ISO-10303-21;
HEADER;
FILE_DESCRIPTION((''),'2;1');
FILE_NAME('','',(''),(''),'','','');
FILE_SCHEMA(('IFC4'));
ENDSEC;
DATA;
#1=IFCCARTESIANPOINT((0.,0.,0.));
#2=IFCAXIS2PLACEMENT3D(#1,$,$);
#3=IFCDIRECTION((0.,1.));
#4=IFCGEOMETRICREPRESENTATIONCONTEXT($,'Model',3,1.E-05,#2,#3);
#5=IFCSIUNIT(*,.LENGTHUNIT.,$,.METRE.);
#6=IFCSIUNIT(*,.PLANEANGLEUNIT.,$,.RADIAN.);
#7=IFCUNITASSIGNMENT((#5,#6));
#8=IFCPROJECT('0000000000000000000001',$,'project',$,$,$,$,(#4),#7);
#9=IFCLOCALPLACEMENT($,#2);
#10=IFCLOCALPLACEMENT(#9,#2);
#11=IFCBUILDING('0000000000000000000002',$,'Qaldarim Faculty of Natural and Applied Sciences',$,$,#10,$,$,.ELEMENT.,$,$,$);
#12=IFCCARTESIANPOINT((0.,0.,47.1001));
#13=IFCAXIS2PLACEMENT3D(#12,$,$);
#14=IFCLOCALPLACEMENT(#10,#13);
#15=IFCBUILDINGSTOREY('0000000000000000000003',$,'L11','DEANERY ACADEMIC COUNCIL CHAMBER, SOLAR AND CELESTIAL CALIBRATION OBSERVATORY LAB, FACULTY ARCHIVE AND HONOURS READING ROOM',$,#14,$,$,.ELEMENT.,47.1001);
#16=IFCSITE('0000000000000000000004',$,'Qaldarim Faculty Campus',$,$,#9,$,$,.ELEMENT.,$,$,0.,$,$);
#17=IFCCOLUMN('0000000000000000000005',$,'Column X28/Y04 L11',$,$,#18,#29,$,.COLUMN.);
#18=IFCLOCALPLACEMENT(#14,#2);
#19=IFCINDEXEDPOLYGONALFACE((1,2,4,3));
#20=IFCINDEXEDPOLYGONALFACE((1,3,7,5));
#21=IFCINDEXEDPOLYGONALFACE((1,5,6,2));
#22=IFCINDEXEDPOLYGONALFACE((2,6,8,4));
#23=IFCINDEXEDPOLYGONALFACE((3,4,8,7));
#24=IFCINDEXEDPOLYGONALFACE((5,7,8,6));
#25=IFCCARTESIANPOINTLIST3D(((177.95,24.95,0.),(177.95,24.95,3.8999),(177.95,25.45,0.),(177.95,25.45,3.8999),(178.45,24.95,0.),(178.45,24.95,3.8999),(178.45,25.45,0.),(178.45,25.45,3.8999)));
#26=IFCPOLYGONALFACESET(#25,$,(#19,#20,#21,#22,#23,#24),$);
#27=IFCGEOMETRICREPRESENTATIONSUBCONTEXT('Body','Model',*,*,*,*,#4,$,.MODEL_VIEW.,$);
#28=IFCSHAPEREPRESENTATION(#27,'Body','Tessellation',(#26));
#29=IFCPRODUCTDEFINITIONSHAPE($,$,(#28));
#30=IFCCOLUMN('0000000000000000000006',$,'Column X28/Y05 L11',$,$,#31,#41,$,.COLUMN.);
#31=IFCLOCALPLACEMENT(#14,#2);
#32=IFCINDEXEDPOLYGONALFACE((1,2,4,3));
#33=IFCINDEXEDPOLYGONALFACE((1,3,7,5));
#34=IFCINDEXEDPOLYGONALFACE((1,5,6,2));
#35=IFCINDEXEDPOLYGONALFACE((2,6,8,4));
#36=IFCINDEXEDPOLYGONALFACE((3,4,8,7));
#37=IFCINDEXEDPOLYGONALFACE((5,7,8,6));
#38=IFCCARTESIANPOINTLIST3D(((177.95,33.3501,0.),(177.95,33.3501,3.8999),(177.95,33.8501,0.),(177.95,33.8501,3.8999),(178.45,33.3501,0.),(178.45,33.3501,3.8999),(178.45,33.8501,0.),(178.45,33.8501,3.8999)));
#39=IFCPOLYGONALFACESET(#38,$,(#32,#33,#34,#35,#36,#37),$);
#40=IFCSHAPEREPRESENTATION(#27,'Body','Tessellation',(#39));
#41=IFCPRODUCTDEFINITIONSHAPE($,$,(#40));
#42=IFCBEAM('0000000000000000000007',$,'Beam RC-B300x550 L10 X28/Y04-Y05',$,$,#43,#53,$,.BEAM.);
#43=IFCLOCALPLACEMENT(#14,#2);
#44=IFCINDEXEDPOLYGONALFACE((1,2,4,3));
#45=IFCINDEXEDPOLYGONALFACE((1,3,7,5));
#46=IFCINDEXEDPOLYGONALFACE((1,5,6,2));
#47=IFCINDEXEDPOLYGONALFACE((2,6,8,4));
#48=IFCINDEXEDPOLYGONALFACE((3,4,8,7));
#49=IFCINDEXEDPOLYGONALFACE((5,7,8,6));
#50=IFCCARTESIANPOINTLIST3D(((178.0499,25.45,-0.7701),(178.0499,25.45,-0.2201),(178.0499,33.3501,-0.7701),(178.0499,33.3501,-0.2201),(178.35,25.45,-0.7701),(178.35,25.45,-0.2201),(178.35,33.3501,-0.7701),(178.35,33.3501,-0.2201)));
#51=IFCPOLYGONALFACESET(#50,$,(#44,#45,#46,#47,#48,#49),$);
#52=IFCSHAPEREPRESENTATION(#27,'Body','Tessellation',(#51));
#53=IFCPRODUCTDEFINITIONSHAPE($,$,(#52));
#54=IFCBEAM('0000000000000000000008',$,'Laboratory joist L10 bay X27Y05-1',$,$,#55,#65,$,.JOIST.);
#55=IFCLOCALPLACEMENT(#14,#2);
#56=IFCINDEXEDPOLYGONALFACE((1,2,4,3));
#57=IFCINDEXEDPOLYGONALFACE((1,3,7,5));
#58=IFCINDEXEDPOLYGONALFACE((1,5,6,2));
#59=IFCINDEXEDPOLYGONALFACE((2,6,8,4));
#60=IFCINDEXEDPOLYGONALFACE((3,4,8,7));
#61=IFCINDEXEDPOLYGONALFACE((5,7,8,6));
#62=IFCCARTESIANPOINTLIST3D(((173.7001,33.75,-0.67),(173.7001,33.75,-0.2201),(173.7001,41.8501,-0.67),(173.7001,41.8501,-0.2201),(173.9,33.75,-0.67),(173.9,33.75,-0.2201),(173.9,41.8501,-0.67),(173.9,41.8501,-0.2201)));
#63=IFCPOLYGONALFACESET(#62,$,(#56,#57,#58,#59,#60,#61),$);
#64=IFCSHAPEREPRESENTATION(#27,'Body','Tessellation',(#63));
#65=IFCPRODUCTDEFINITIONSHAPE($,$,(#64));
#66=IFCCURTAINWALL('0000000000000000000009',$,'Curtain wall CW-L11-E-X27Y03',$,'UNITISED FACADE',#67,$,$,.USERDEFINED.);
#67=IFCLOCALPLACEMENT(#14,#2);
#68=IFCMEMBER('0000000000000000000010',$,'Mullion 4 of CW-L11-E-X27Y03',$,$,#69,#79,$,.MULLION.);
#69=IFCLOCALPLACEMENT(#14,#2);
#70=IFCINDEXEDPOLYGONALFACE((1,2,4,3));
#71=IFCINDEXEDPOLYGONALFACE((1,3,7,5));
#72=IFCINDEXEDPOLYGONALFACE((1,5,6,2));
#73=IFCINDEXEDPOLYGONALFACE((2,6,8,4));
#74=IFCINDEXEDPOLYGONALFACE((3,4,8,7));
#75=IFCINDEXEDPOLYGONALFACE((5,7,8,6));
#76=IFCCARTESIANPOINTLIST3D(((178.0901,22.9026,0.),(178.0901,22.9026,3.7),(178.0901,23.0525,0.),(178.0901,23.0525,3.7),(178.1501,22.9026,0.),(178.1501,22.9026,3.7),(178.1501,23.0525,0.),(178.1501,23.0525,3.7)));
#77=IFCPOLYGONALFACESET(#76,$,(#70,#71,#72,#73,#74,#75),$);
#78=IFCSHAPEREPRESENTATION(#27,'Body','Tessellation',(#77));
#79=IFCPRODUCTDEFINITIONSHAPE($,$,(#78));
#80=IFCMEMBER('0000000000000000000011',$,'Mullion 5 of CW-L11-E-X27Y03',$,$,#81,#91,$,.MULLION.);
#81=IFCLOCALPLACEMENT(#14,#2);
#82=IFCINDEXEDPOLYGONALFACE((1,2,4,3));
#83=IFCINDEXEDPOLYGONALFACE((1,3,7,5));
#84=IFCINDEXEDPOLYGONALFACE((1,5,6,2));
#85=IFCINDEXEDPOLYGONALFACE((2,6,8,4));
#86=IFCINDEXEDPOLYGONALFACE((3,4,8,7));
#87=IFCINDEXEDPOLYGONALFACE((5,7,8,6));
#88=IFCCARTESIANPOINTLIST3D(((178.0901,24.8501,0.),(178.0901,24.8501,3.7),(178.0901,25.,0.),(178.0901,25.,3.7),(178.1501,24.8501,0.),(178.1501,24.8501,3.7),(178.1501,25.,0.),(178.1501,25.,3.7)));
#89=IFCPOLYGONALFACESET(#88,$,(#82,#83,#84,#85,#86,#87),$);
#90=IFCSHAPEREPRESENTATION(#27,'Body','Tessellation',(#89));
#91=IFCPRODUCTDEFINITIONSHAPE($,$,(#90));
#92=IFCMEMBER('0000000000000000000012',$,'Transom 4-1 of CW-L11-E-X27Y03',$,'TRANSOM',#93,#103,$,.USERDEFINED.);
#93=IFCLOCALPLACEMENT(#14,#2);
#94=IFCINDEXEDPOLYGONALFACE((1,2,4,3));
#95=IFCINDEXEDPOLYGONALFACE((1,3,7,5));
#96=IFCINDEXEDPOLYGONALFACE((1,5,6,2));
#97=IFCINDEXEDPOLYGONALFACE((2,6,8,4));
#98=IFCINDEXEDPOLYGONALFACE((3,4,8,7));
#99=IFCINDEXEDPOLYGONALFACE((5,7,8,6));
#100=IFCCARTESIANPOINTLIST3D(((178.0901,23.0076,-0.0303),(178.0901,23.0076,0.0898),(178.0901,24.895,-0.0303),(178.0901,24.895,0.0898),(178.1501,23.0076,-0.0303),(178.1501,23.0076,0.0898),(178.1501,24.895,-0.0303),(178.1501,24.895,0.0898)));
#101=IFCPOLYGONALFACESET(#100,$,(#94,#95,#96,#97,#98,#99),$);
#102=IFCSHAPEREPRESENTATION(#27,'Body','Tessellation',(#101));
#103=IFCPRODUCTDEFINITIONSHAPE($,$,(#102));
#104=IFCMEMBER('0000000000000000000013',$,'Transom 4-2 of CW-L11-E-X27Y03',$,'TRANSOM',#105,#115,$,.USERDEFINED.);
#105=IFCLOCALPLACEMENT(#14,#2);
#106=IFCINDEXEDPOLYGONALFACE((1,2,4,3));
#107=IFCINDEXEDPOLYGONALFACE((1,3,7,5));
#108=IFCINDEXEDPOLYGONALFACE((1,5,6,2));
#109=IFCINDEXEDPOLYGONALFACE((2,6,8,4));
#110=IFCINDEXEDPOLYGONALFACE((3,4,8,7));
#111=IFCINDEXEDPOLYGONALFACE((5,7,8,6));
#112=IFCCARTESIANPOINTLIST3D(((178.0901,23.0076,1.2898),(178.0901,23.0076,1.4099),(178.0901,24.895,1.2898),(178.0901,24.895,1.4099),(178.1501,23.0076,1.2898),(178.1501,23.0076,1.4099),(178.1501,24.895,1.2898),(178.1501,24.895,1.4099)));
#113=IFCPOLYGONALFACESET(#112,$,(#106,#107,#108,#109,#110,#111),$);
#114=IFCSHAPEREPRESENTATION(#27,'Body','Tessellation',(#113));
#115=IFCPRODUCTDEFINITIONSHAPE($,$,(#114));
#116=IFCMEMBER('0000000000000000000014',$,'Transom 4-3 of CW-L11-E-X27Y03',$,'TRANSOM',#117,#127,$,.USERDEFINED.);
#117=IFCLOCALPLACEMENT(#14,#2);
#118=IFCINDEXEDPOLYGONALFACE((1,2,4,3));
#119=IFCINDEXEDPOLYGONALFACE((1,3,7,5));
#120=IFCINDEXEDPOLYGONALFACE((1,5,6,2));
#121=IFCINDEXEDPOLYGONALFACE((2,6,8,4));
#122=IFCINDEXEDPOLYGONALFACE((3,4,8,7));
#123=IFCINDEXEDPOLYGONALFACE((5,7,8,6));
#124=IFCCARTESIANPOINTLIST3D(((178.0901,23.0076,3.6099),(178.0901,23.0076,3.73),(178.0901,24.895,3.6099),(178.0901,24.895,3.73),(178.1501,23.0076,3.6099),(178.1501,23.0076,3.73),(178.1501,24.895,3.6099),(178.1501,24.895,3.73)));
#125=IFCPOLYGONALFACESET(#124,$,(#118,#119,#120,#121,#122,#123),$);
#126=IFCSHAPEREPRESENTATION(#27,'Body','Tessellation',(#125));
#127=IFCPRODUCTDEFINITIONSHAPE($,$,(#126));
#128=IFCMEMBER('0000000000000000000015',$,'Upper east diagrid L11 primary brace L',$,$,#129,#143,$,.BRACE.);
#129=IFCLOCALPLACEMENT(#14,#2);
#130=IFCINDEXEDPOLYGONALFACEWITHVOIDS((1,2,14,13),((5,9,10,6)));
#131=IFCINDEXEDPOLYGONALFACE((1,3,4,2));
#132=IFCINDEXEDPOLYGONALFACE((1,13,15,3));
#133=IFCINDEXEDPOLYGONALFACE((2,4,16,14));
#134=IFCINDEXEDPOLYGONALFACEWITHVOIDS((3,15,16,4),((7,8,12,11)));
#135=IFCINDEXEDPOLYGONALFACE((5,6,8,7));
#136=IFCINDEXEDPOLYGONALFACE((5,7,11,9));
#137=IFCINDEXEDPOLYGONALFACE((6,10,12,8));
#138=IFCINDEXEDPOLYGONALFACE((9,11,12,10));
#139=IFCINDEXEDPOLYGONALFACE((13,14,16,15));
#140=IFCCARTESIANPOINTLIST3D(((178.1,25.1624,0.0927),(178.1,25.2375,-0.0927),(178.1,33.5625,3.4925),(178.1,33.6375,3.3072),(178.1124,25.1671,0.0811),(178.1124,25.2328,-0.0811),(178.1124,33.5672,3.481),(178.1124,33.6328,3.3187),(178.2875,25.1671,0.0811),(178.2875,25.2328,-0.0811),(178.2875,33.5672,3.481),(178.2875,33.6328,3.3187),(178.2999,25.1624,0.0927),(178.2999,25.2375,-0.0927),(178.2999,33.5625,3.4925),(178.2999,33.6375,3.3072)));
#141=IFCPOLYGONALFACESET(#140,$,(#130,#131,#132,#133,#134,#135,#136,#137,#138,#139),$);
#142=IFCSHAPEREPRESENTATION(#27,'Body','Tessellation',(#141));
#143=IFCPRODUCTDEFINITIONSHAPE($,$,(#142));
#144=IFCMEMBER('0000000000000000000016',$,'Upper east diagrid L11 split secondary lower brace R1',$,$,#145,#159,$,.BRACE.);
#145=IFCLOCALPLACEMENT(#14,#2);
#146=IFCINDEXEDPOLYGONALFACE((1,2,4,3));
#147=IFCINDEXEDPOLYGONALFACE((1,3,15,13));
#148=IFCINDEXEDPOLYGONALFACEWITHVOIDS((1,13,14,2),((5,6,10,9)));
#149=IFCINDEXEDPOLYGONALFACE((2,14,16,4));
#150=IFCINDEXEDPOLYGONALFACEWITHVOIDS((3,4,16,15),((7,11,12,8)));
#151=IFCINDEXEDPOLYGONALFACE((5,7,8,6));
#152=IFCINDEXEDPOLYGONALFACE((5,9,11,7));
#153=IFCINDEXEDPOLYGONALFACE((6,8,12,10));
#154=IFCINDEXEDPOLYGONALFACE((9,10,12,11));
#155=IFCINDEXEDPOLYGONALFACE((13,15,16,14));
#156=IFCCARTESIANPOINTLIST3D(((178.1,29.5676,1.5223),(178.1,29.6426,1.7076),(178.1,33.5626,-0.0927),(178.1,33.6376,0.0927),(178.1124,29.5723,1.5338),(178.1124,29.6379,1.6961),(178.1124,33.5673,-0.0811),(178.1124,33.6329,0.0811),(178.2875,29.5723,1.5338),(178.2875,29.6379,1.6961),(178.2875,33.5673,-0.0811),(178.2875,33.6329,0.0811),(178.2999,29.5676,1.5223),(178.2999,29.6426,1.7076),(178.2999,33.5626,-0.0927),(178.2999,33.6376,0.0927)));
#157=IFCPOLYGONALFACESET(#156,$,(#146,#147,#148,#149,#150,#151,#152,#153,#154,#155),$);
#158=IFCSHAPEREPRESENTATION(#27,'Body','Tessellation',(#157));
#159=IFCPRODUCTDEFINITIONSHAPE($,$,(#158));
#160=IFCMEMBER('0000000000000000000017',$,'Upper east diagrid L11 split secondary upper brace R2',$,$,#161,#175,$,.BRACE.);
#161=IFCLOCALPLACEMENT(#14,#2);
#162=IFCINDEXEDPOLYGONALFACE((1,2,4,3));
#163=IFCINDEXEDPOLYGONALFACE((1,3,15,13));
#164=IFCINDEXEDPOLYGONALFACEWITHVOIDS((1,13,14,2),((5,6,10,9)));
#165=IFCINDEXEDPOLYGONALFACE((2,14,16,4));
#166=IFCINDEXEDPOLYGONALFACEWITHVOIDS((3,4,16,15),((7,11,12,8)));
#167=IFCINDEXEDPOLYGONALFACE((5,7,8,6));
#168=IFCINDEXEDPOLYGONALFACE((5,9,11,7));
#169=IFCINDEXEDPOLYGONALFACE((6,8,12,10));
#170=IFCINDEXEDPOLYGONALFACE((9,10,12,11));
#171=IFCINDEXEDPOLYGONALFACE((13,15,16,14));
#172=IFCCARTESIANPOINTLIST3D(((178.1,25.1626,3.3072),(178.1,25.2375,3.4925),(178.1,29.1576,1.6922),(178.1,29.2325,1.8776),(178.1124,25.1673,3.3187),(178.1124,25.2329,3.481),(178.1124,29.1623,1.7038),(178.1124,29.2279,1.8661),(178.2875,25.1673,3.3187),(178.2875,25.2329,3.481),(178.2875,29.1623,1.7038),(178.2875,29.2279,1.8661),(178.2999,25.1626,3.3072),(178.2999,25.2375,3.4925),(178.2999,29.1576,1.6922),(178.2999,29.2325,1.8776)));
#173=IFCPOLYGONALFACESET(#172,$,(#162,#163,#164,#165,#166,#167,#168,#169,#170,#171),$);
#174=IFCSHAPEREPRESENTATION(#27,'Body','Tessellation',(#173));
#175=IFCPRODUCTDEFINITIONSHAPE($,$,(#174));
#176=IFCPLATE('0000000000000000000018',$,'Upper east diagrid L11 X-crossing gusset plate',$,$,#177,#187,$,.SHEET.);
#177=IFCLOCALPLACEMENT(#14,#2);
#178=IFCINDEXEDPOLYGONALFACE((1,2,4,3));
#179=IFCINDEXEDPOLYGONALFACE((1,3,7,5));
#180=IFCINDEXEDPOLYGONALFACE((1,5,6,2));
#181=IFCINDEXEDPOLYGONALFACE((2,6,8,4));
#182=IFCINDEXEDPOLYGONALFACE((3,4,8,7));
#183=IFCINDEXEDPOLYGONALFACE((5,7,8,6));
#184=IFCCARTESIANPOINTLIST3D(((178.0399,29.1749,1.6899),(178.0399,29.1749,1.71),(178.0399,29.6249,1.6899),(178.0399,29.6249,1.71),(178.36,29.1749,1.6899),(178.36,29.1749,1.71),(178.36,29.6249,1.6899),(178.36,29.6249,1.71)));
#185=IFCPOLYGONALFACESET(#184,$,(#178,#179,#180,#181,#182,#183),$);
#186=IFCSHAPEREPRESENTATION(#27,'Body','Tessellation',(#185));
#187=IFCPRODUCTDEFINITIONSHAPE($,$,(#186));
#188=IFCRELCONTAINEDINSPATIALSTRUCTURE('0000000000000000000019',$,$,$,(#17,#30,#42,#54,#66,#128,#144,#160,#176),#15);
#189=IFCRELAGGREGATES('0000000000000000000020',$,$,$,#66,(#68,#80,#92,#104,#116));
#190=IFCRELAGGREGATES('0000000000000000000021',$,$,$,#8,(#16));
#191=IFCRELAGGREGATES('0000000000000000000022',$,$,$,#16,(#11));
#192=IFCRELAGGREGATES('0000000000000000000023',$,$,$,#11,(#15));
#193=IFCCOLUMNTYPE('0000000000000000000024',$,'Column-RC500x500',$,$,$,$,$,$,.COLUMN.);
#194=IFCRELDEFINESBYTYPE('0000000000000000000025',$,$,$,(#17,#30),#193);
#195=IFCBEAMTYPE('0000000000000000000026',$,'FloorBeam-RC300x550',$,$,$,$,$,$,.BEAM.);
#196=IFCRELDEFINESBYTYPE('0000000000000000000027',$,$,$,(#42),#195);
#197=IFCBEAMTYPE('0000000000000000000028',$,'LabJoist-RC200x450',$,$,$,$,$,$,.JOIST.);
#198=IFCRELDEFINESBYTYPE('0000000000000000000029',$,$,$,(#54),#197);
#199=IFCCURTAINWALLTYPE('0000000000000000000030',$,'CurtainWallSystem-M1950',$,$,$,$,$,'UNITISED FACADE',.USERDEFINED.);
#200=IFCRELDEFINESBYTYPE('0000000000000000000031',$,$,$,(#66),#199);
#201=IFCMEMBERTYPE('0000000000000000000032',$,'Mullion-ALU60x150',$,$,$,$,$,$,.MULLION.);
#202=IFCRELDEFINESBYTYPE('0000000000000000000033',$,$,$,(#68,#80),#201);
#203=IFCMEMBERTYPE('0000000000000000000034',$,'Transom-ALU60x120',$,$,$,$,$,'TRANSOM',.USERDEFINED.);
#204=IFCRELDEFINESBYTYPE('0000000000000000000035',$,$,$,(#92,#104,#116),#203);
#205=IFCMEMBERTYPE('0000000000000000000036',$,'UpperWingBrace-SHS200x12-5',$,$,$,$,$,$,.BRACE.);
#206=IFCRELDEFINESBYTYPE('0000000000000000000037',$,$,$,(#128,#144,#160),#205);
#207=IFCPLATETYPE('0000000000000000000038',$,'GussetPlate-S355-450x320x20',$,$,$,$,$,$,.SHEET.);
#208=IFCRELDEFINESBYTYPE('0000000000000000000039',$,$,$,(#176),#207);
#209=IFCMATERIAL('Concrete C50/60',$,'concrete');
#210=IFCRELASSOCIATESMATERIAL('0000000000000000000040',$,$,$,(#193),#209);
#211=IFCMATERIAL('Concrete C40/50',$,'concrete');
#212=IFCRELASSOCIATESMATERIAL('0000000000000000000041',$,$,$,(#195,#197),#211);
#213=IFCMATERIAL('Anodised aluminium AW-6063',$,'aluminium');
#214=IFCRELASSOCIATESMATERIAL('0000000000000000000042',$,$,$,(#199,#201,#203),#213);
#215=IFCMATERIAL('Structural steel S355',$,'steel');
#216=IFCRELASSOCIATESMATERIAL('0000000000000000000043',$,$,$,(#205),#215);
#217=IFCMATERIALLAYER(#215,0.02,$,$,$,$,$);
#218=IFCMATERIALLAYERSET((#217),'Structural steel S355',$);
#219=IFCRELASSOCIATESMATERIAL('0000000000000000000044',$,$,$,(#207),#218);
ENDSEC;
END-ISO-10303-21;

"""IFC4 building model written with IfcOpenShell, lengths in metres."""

from ifc_helpers import new_model, si_unit, direction, frame, origin, origin_2d, place, context, subcontext, project, spatial, rectangle, hollow_rectangle, extrude, material, layer, layer_set, material_profile, profile_set, type_object, element, aggregate, save


model = new_model("IFC4")

# Units and contexts
model_context = context("Model", 3, precision=1e-05, world=origin(), true_north=direction((0.0, 1.0)))
body_context = subcontext(model_context, "Body", "Model", "MODEL_VIEW")
ifc_project = project(units=[si_unit("LENGTHUNIT", "METRE"), si_unit("PLANEANGLEUNIT", "RADIAN")], contexts=[model_context])

# Site, building, storey
site_placement = place(None, origin())
site = spatial("IfcSite", under=ifc_project, at=site_placement, Name="Qaldarim Faculty Campus", CompositionType="ELEMENT", RefElevation=0.0)
building_placement = place(site_placement, origin())
building = spatial("IfcBuilding", under=site, at=building_placement, Name="Qaldarim Faculty of Natural and Applied Sciences", CompositionType="ELEMENT")
storey_placement = place(building_placement, frame((0.0, 0.0, 47.1001)))
storey = spatial("IfcBuildingStorey", under=building, at=storey_placement, Name="L11", Description="DEANERY ACADEMIC COUNCIL CHAMBER, SOLAR AND CELESTIAL CALIBRATION OBSERVATORY LAB, FACULTY ARCHIVE AND HONOURS READING ROOM", CompositionType="ELEMENT", Elevation=47.1001)

# Columns
ifc_material_1 = material(Name="Concrete C50/60", Category="concrete")
ifc_material_profile_1 = material_profile(ifc_material_1, rectangle(XDim=0.5, YDim=0.5, at=origin_2d()), Name="RC-C500x500")
ifc_profile_set_1 = profile_set([ifc_material_profile_1], Name="Concrete C50/60")
column_type = type_object("IfcColumnType", Name="Column-RC500x500", PredefinedType="COLUMN", material=ifc_profile_set_1)
for number, where, z_axis, x_axis, name in (
    (1, (178.2, 25.2, 0.0), (0.0, 0.0, 1.0), (1.0, 0.0, 0.0), "Column X28/Y04 L11"),
    (2, (178.2, 33.6001, 0.0), (0.0, 0.0, 1.0), (1.0, 0.0, 0.0), "Column X28/Y05 L11"),
):
    element("IfcColumn", number, at=place(storey_placement, frame(where, z_axis=z_axis, x_axis=x_axis)), inside=storey, type_object=column_type, Name=name, PredefinedType="COLUMN", context=body_context, shape_type="SweptSolid", body=[
        extrude(rectangle(XDim=0.5, YDim=0.5, at=origin_2d()), origin(), (0.0, 0.0, 1.0), 3.8999),
    ])

# Beams
ifc_material_2 = material(Name="Concrete C40/50", Category="concrete")
ifc_material_profile_2 = material_profile(ifc_material_2, rectangle(XDim=0.3, YDim=0.55, at=origin_2d()), Name="RC-B300x550")
ifc_profile_set_2 = profile_set([ifc_material_profile_2], Name="Concrete C40/50")
beam_type_1 = type_object("IfcBeamType", Name="FloorBeam-RC300x550", PredefinedType="BEAM", material=ifc_profile_set_2)
beam_1_placement = place(storey_placement, frame((178.2, 25.45, -0.4951), z_axis=(0.0, 1.0, 0.0), x_axis=(-1.0, 0.0, 0.0)))
element("IfcBeam", 3, at=beam_1_placement, inside=storey, type_object=beam_type_1, Name="Beam RC-B300x550 L10 X28/Y04-Y05", PredefinedType="BEAM", context=body_context, shape_type="SweptSolid", body=[
    extrude(rectangle(XDim=0.3, YDim=0.55, at=origin_2d()), origin(), (0.0, 0.0, 1.0), 7.9001),
])
ifc_material_profile_3 = material_profile(ifc_material_2, rectangle(XDim=0.2, YDim=0.45, at=origin_2d()), Name="RC-J200x450")
ifc_profile_set_3 = profile_set([ifc_material_profile_3], Name="Concrete C40/50")
beam_type_2 = type_object("IfcBeamType", Name="LabJoist-RC200x450", PredefinedType="JOIST", material=ifc_profile_set_3)
beam_2_placement = place(storey_placement, frame((173.8, 33.75, -0.4451), z_axis=(0.0, 1.0, 0.0), x_axis=(-1.0, 0.0, 0.0)))
element("IfcBeam", 4, at=beam_2_placement, inside=storey, type_object=beam_type_2, Name="Laboratory joist L10 bay X27Y05-1", PredefinedType="JOIST", context=body_context, shape_type="SweptSolid", body=[
    extrude(rectangle(XDim=0.2, YDim=0.45, at=origin_2d()), origin(), (0.0, 0.0, 1.0), 8.1001),
])

# Curtain wall, members
ifc_material_3 = material(Name="Anodised aluminium AW-6063", Category="aluminium")
curtain_wall_type = type_object("IfcCurtainWallType", Name="CurtainWallSystem-M1950", ElementType="UNITISED FACADE", PredefinedType="USERDEFINED", material=ifc_material_3)
curtain_wall_placement = place(storey_placement, origin())
curtain_wall = element("IfcCurtainWall", 5, at=curtain_wall_placement, inside=storey, type_object=curtain_wall_type, Name="Curtain wall CW-L11-E-X27Y03", ObjectType="UNITISED FACADE", PredefinedType="USERDEFINED")
ifc_material_profile_4 = material_profile(ifc_material_3, rectangle(XDim=0.0601, YDim=0.1499, at=origin_2d()), Name="ALU-M60x150")
ifc_profile_set_4 = profile_set([ifc_material_profile_4], Name="Anodised aluminium AW-6063")
member_type_1 = type_object("IfcMemberType", Name="Mullion-ALU60x150", PredefinedType="MULLION", material=ifc_profile_set_4)
member_1_placement = place(storey_placement, frame((178.1201, 22.9775, 0.0), z_axis=(0.0, 0.0, 1.0), x_axis=(-1.0, 0.0, 0.0)))
member_1 = element("IfcMember", 6, at=member_1_placement, type_object=member_type_1, Name="Mullion 4 of CW-L11-E-X27Y03", PredefinedType="MULLION", context=body_context, shape_type="SweptSolid", body=[
    extrude(rectangle(XDim=0.0601, YDim=0.1499, at=origin_2d()), origin(), (0.0, 0.0, 1.0), 3.7),
])
member_2_placement = place(storey_placement, frame((178.1201, 24.925, 0.0), z_axis=(0.0, 0.0, 1.0), x_axis=(-1.0, 0.0, 0.0)))
member_2 = element("IfcMember", 7, at=member_2_placement, type_object=member_type_1, Name="Mullion 5 of CW-L11-E-X27Y03", PredefinedType="MULLION", context=body_context, shape_type="SweptSolid", body=[
    extrude(rectangle(XDim=0.0601, YDim=0.1499, at=origin_2d()), origin(), (0.0, 0.0, 1.0), 3.7),
])
ifc_material_profile_5 = material_profile(ifc_material_3, rectangle(XDim=0.0601, YDim=0.1201, at=origin_2d()), Name="ALU-T60x120")
ifc_profile_set_5 = profile_set([ifc_material_profile_5], Name="Anodised aluminium AW-6063")
member_type_2 = type_object("IfcMemberType", Name="Transom-ALU60x120", ElementType="TRANSOM", PredefinedType="USERDEFINED", material=ifc_profile_set_5)
member_3_placement = place(storey_placement, frame((178.1201, 23.0076, 0.0298), z_axis=(0.0, 1.0, 0.0), x_axis=(-1.0, 0.0, 0.0)))
member_3 = element("IfcMember", 8, at=member_3_placement, type_object=member_type_2, Name="Transom 4-1 of CW-L11-E-X27Y03", ObjectType="TRANSOM", PredefinedType="USERDEFINED", context=body_context, shape_type="SweptSolid", body=[
    extrude(rectangle(XDim=0.0601, YDim=0.1201, at=origin_2d()), origin(), (0.0, 0.0, 1.0), 1.8875),
])
member_4_placement = place(storey_placement, frame((178.1201, 23.0076, 1.3499), z_axis=(0.0, 1.0, 0.0), x_axis=(-1.0, 0.0, 0.0)))
member_4 = element("IfcMember", 9, at=member_4_placement, type_object=member_type_2, Name="Transom 4-2 of CW-L11-E-X27Y03", ObjectType="TRANSOM", PredefinedType="USERDEFINED", context=body_context, shape_type="SweptSolid", body=[
    extrude(rectangle(XDim=0.0601, YDim=0.1201, at=origin_2d()), origin(), (0.0, 0.0, 1.0), 1.8875),
])
member_5_placement = place(storey_placement, frame((178.1201, 23.0076, 3.6699), z_axis=(0.0, 1.0, 0.0), x_axis=(-1.0, 0.0, 0.0)))
member_5 = element("IfcMember", 10, at=member_5_placement, type_object=member_type_2, Name="Transom 4-3 of CW-L11-E-X27Y03", ObjectType="TRANSOM", PredefinedType="USERDEFINED", context=body_context, shape_type="SweptSolid", body=[
    extrude(rectangle(XDim=0.0601, YDim=0.1201, at=origin_2d()), origin(), (0.0, 0.0, 1.0), 1.8875),
])

# Members
ifc_material_4 = material(Name="Structural steel S355", Category="steel")
ifc_material_profile_6 = material_profile(ifc_material_4, hollow_rectangle(XDim=0.2, YDim=0.2, WallThickness=0.0125, at=origin_2d()), Name="SHS 200x200x12.5")
ifc_profile_set_6 = profile_set([ifc_material_profile_6], Name="Structural steel S355")
member_type_3 = type_object("IfcMemberType", Name="UpperWingBrace-SHS200x12-5", PredefinedType="BRACE", material=ifc_profile_set_6)
member_6_placement = place(storey_placement, frame((178.2, 25.2, 0.0), z_axis=(0.0, 0.926953, 0.375178), x_axis=(-1.0, 0.0, 0.0)))
element("IfcMember", 11, at=member_6_placement, inside=storey, type_object=member_type_3, Name="Upper east diagrid L11 primary brace L", PredefinedType="BRACE", context=body_context, shape_type="SweptSolid", body=[
    extrude(hollow_rectangle(XDim=0.2, YDim=0.2, WallThickness=0.0125, at=origin_2d()), origin(), (0.0, 0.0, 1.0), 9.062),
])
for number, where, z_axis, x_axis, name in (
    (12, (178.2, 33.6001, 0.0), (0.0, -0.927115, 0.374778), (1.0, 0.0, 0.0), "Upper east diagrid L11 split secondary lower brace R1"),
    (13, (178.2, 29.1951, 1.7849), (0.0, -0.927115, 0.374778), (1.0, 0.0, 0.0), "Upper east diagrid L11 split secondary upper brace R2"),
):
    element("IfcMember", number, at=place(storey_placement, frame(where, z_axis=z_axis, x_axis=x_axis)), inside=storey, type_object=member_type_3, Name=name, PredefinedType="BRACE", context=body_context, shape_type="SweptSolid", body=[
        extrude(hollow_rectangle(XDim=0.2, YDim=0.2, WallThickness=0.0125, at=origin_2d()), origin(), (0.0, 0.0, 1.0), 4.3091),
    ])

# Plate
ifc_layer_1 = layer(ifc_material_4, 0.02)
ifc_layer_set_1 = layer_set([ifc_layer_1], Name="Structural steel S355")
plate_type_1 = type_object("IfcPlateType", Name="GussetPlate-S355-450x320x20", PredefinedType="SHEET", material=ifc_layer_set_1)
for number, where, z_axis, x_axis, name in (
    (14, (178.2, 29.3999, 1.6899), (0.0, 0.0, 1.0), (0.0, 1.0, 0.0), "Upper east diagrid L11 X-crossing gusset plate"),
):
    element("IfcPlate", number, at=place(storey_placement, frame(where, z_axis=z_axis, x_axis=x_axis)), inside=storey, type_object=plate_type_1, Name=name, PredefinedType="SHEET", context=body_context, shape_type="SweptSolid", body=[
        extrude(rectangle(XDim=0.45, YDim=0.3201, at=origin_2d()), origin(), (0.0, 0.0, 1.0), 0.02),
    ])

aggregate(curtain_wall, [member_1, member_2, member_3, member_4, member_5])

save(model, "model.ifc")
